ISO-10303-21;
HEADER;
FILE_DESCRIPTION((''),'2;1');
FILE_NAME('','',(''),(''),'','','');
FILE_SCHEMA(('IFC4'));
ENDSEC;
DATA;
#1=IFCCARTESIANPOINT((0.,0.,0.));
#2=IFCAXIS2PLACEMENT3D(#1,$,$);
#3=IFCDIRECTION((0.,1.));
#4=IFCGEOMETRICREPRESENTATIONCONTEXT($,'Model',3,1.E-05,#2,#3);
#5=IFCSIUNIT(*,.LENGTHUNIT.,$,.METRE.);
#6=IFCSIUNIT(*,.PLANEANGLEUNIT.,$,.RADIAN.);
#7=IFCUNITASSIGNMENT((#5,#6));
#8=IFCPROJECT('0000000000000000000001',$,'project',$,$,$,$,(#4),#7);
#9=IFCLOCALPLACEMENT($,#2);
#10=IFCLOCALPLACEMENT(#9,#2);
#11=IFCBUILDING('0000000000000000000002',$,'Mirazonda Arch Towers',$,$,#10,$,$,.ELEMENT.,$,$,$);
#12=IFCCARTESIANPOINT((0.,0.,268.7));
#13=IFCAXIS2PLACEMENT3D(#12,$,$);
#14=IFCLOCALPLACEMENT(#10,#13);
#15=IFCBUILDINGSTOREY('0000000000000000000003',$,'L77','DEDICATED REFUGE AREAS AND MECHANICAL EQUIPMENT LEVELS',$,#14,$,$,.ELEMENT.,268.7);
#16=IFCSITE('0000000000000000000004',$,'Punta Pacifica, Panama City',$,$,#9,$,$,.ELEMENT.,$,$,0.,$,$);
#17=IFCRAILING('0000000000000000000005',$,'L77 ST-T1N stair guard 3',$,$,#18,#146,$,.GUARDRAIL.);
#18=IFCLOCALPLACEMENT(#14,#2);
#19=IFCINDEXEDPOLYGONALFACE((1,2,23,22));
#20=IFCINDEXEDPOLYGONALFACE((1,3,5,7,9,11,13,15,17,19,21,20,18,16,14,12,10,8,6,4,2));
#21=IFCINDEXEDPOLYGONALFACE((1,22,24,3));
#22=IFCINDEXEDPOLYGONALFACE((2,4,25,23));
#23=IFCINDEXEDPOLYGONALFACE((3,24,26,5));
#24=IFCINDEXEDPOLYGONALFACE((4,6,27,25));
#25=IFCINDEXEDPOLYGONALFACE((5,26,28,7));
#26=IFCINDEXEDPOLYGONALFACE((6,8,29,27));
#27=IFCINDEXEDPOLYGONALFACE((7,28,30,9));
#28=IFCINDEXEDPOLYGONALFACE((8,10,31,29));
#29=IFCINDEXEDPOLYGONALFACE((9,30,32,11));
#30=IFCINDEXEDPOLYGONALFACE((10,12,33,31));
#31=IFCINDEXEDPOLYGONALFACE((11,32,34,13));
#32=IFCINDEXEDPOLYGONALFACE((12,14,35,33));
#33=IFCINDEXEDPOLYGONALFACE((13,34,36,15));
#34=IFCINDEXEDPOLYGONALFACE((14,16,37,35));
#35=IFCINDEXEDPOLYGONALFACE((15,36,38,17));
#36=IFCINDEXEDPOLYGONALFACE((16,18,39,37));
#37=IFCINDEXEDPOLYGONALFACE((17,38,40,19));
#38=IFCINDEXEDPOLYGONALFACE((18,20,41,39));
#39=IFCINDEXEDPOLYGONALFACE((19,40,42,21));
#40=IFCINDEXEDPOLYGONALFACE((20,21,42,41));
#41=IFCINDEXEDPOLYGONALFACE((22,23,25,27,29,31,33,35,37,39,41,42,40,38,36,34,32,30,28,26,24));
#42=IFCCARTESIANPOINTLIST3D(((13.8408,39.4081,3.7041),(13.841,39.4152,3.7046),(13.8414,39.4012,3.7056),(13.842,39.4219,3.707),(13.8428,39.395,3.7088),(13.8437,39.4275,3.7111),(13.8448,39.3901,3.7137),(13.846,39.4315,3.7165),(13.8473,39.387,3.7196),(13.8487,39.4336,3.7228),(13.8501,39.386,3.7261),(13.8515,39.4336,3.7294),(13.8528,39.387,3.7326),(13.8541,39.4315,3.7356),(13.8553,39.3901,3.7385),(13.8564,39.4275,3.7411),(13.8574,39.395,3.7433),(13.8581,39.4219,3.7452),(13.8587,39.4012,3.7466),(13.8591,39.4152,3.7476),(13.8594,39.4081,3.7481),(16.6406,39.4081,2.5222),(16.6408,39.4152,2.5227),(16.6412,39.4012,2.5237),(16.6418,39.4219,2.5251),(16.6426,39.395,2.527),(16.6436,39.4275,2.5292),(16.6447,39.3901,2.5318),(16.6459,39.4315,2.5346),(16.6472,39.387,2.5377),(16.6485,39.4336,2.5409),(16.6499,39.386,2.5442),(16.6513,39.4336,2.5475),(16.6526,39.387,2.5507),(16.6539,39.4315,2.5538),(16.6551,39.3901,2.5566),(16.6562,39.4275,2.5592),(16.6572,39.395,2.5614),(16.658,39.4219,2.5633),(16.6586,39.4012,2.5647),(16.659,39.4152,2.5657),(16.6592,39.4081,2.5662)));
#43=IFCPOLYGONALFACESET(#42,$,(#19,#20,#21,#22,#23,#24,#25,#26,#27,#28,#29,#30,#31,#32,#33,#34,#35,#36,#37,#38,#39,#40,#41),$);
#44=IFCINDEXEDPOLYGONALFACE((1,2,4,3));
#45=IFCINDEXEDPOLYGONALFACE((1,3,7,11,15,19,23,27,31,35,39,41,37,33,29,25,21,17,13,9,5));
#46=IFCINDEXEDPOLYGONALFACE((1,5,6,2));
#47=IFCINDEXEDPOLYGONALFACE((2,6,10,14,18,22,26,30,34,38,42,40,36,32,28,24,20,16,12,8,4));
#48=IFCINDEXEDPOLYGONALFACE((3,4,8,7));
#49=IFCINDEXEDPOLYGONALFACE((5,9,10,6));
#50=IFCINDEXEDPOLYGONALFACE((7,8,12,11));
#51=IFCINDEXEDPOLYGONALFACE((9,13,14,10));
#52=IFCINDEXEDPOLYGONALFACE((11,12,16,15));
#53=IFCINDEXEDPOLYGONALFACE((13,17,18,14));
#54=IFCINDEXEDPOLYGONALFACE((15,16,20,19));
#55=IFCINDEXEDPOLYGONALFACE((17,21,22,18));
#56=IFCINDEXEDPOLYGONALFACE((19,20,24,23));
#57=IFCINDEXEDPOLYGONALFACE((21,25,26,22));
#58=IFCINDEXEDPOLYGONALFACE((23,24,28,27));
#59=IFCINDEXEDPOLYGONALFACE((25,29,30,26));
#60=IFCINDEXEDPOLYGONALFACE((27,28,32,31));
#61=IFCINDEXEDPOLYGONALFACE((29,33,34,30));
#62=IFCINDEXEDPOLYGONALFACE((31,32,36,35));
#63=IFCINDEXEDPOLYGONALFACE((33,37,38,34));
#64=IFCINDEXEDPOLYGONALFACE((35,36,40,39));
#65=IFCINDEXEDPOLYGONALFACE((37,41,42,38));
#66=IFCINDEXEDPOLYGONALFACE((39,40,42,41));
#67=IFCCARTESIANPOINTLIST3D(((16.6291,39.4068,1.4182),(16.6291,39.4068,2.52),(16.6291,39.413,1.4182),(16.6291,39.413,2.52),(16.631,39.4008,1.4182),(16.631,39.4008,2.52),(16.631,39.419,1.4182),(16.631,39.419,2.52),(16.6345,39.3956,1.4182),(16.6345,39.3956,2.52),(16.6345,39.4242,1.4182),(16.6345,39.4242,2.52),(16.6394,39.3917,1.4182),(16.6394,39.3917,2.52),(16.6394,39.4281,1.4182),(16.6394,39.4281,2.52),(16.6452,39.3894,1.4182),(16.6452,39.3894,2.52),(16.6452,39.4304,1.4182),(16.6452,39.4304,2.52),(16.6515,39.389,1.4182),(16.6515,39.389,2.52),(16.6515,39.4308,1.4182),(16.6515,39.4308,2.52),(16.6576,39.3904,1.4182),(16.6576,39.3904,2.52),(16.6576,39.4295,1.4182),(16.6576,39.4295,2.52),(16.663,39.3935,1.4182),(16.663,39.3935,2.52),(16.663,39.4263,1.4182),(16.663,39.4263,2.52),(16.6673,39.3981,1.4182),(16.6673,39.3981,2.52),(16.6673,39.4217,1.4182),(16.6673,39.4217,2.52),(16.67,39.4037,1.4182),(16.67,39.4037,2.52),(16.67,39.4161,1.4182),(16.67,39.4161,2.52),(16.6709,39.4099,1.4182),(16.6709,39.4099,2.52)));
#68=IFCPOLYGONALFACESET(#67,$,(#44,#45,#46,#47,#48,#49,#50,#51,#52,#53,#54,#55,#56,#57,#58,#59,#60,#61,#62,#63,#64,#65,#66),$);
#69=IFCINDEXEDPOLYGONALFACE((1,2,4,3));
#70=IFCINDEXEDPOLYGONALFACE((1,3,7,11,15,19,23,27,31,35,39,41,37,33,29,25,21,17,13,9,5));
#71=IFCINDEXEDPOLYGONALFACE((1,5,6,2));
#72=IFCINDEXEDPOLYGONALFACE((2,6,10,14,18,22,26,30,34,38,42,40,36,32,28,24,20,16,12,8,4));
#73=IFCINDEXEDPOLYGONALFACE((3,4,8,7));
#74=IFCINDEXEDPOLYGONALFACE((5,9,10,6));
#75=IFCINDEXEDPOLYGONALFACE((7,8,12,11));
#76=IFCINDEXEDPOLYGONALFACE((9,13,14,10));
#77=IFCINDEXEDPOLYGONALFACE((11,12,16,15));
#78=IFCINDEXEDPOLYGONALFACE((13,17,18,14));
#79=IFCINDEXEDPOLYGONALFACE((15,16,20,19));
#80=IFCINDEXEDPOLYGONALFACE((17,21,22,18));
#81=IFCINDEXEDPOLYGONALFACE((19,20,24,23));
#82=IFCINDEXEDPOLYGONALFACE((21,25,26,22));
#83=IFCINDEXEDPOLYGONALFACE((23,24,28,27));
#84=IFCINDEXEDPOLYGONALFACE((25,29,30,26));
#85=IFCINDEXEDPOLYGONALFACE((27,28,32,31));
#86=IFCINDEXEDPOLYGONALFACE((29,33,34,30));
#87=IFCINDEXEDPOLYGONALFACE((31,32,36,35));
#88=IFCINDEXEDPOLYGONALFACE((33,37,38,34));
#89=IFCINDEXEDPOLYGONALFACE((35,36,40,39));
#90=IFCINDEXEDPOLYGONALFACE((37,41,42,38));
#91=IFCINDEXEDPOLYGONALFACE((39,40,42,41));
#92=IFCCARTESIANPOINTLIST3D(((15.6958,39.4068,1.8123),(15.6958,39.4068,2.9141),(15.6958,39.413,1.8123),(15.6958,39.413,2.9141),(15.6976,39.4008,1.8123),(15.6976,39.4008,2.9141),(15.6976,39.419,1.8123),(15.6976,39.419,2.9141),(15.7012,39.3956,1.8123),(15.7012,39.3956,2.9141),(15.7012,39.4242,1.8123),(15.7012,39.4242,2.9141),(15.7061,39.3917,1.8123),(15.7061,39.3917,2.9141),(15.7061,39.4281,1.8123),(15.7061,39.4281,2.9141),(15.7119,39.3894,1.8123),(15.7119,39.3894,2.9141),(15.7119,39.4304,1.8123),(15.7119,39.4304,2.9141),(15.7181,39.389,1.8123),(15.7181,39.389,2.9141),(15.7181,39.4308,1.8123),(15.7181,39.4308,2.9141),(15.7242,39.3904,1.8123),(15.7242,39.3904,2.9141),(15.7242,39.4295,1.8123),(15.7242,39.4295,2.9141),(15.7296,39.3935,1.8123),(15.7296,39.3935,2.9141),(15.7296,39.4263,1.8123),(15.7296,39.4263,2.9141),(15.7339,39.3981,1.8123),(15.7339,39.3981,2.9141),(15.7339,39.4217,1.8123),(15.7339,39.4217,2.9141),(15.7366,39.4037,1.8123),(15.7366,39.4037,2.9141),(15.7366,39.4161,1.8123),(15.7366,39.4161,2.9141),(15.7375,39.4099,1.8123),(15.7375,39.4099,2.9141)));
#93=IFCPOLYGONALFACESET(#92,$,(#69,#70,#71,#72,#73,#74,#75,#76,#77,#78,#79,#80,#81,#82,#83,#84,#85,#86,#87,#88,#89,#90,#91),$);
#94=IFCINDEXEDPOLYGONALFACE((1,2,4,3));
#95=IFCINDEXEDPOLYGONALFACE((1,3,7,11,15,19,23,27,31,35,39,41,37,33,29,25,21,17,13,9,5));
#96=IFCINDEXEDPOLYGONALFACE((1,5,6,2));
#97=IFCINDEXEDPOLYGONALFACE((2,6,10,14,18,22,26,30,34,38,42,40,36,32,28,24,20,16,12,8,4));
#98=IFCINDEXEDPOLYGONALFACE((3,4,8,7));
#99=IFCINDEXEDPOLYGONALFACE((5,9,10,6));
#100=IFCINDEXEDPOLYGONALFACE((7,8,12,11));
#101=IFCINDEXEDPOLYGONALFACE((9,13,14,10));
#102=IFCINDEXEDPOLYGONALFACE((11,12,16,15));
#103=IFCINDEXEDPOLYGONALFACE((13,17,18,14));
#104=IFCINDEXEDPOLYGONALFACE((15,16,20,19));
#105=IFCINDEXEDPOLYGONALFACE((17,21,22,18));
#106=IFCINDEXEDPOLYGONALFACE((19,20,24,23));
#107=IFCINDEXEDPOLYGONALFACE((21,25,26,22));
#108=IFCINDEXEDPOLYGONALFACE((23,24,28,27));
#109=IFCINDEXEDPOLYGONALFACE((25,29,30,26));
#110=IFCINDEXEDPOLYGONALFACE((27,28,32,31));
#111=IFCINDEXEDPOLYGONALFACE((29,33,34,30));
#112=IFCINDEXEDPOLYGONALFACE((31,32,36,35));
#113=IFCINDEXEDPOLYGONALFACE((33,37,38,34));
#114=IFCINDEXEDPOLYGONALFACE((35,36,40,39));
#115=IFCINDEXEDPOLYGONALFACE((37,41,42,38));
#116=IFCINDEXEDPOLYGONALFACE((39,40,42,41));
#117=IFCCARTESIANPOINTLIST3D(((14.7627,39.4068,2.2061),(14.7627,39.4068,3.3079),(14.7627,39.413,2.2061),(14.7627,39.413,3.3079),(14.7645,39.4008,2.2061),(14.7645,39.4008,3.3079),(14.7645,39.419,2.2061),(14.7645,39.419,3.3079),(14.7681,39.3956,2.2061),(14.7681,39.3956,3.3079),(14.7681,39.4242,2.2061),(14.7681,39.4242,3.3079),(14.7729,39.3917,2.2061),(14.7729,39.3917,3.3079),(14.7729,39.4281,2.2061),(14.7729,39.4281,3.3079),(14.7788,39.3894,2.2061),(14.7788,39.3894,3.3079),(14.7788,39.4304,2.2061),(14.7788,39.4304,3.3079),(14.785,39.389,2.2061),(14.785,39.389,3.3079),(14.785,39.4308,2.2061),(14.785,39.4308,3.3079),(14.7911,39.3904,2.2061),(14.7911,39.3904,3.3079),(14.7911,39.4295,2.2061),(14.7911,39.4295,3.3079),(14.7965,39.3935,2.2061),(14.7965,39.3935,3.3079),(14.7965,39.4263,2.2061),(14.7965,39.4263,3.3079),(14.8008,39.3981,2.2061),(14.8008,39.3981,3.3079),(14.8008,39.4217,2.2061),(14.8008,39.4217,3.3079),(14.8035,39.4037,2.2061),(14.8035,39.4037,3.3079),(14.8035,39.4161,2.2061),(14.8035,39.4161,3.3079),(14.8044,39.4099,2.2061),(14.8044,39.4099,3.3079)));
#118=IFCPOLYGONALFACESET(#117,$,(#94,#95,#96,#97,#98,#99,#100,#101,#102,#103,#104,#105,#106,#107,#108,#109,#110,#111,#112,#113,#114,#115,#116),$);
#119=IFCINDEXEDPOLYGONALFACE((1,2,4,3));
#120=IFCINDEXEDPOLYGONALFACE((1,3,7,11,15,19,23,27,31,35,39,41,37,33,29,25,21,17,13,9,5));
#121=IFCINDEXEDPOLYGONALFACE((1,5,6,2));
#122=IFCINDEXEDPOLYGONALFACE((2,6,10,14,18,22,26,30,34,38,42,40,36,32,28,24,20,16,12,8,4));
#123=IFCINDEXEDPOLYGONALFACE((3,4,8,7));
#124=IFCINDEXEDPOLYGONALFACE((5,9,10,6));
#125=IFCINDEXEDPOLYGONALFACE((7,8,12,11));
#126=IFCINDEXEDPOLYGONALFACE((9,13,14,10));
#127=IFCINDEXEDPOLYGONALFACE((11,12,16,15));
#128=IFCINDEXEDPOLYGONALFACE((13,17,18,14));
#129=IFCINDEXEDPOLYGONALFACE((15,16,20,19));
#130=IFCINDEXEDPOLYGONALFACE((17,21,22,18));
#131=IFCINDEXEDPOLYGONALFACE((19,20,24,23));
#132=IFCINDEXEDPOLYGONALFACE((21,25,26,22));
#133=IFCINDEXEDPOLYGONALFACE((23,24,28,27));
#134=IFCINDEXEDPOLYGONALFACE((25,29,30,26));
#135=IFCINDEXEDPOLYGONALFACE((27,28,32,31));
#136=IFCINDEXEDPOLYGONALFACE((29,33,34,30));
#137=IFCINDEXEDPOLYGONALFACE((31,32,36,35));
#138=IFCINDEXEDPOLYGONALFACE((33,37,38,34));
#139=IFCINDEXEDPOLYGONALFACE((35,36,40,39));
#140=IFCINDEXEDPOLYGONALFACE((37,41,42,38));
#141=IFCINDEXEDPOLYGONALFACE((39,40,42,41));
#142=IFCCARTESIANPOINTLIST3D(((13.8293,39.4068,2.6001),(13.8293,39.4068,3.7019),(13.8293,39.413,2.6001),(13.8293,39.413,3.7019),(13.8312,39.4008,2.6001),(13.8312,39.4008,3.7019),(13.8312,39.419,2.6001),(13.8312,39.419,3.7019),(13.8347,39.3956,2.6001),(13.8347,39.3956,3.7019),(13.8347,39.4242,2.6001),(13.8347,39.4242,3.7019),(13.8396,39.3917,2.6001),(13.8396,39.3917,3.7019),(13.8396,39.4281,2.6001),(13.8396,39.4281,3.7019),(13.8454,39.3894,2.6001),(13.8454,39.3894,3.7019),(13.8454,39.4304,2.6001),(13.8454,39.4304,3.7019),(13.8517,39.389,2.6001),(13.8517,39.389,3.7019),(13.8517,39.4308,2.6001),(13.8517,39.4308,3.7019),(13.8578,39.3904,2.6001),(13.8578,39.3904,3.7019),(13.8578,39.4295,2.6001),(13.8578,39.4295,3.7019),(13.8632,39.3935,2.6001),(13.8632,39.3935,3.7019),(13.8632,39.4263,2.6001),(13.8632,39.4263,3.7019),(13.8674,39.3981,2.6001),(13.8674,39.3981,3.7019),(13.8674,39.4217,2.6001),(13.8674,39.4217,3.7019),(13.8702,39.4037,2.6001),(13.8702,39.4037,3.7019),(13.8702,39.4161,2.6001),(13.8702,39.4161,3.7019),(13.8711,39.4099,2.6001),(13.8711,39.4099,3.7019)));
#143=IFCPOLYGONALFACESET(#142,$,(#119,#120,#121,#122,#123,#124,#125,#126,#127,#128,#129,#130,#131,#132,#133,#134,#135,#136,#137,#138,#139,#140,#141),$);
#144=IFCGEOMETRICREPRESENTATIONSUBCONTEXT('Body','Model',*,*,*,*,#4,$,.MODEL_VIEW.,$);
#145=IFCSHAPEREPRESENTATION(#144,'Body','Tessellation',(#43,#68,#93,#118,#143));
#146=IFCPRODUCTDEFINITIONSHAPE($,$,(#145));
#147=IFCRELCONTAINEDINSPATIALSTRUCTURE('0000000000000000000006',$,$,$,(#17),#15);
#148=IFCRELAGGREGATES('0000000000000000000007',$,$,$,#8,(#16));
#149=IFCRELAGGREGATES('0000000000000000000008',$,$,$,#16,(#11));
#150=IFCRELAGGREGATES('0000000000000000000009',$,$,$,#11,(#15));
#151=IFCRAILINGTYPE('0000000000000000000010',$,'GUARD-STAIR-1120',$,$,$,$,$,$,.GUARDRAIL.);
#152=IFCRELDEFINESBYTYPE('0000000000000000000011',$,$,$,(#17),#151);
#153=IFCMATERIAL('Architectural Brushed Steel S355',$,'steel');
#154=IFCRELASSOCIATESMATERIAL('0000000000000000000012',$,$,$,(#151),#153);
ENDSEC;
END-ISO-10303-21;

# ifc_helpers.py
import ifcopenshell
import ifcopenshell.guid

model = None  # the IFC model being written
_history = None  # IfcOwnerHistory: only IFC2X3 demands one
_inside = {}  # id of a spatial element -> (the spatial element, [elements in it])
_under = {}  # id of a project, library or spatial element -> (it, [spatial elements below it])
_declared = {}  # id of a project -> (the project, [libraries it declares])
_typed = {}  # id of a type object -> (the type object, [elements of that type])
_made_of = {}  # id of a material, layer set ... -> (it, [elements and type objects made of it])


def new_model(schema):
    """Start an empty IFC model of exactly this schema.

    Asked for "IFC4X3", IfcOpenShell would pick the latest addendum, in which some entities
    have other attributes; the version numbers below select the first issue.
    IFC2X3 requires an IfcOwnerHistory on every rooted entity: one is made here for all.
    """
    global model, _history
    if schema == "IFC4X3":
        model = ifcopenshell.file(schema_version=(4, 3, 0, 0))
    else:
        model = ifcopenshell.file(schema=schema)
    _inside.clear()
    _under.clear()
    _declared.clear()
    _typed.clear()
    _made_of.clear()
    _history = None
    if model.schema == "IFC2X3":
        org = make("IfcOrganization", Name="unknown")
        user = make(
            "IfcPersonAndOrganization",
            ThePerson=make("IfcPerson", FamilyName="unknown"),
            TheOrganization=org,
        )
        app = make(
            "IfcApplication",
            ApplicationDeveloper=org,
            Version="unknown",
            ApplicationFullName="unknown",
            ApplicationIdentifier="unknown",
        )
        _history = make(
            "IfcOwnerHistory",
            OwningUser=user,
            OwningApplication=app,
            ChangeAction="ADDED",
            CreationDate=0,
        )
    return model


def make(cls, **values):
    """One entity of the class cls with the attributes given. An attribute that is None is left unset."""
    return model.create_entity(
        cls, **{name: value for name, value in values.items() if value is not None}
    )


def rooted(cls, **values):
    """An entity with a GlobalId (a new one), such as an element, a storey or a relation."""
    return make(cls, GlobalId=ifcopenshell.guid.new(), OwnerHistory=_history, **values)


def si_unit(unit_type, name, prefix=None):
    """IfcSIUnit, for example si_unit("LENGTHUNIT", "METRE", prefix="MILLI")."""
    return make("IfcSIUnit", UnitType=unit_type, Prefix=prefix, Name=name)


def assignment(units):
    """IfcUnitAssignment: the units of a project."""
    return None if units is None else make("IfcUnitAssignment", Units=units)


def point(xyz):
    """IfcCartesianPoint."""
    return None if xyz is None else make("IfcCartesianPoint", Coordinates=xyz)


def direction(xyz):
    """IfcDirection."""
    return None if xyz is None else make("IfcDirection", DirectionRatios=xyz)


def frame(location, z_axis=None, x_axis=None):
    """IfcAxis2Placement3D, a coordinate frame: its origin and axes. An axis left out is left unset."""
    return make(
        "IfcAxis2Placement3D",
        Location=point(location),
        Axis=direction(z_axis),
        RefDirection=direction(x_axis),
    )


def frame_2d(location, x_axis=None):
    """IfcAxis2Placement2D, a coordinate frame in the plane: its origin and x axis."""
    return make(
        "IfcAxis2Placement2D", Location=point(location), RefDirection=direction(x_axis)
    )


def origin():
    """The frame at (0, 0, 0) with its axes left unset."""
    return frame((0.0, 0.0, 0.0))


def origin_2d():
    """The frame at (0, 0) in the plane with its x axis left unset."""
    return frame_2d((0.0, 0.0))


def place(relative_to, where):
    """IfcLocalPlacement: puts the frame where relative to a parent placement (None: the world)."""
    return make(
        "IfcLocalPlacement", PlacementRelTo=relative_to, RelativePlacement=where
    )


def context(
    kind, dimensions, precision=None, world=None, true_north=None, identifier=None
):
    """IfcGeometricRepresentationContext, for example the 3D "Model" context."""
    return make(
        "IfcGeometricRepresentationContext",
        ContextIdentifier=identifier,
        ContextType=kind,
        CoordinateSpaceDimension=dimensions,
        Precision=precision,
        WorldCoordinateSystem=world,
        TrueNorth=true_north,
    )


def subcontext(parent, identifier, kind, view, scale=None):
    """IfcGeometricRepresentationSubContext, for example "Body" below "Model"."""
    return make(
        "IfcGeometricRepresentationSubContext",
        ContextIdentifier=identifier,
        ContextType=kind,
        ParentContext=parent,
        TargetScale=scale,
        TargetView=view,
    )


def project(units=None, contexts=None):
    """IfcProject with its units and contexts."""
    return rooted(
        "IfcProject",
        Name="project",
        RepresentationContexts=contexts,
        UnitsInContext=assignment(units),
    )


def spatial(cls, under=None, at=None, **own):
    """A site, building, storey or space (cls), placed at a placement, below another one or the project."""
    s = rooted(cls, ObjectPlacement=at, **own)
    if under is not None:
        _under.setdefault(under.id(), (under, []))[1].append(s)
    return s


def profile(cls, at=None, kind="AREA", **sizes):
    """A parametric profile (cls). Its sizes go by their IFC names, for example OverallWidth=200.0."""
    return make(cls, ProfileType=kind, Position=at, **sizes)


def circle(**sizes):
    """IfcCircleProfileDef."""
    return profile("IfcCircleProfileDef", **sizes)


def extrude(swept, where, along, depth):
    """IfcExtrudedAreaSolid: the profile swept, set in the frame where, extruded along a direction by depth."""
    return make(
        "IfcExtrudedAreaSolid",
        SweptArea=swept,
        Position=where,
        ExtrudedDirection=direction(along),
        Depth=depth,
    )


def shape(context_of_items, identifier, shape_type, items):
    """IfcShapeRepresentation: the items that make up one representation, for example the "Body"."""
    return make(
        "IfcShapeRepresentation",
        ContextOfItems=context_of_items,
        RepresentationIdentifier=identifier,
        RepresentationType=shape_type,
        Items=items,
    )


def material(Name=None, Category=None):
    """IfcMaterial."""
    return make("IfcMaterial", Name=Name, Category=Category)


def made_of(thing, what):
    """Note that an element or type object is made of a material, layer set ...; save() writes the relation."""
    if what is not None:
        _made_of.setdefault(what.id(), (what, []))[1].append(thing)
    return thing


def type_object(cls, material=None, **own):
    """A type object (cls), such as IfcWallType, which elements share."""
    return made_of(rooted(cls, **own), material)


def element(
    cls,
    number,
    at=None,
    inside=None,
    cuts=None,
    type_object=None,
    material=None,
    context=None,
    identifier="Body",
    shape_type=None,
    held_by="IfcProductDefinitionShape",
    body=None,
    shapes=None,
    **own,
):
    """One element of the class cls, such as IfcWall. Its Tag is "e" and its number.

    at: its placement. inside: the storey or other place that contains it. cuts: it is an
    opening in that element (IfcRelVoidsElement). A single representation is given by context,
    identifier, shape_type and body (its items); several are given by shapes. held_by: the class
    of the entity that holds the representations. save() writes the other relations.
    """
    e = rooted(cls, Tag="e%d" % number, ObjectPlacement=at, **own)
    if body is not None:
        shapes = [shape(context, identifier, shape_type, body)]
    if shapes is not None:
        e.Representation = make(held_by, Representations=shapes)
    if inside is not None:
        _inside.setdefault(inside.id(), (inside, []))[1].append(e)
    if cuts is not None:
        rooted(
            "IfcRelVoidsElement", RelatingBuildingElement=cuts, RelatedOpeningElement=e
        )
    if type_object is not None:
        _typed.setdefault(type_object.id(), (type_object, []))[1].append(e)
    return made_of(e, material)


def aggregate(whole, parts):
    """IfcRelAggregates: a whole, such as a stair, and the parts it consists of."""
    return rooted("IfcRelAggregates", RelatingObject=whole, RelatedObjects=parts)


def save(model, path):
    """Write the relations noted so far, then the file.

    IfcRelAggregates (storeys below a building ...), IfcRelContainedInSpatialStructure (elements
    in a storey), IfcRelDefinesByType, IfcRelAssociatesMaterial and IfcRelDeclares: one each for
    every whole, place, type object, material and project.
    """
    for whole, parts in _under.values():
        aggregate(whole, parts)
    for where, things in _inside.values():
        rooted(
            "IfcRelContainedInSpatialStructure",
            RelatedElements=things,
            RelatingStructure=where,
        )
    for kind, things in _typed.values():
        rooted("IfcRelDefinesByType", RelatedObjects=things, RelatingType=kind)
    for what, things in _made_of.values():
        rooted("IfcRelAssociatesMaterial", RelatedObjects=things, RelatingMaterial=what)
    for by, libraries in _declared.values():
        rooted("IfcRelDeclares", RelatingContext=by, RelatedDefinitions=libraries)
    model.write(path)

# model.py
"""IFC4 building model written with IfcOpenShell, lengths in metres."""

from ifc_helpers import new_model, si_unit, direction, frame, origin, origin_2d, place, context, subcontext, project, spatial, circle, extrude, material, type_object, element, save


model = new_model("IFC4")

# Units and contexts
model_context = context("Model", 3, precision=1e-05, world=origin(), true_north=direction((0.0, 1.0)))
body_context = subcontext(model_context, "Body", "Model", "MODEL_VIEW")
ifc_project = project(units=[si_unit("LENGTHUNIT", "METRE"), si_unit("PLANEANGLEUNIT", "RADIAN")], contexts=[model_context])

# Site, building, storey
site_placement = place(None, origin())
site = spatial("IfcSite", under=ifc_project, at=site_placement, Name="Punta Pacifica, Panama City", CompositionType="ELEMENT", RefElevation=0.0)
building_placement = place(site_placement, origin())
building = spatial("IfcBuilding", under=site, at=building_placement, Name="Mirazonda Arch Towers", CompositionType="ELEMENT")
storey_placement = place(building_placement, frame((0.0, 0.0, 268.7)))
storey = spatial("IfcBuildingStorey", under=building, at=storey_placement, Name="L77", Description="DEDICATED REFUGE AREAS AND MECHANICAL EQUIPMENT LEVELS", CompositionType="ELEMENT", Elevation=268.7)

# Shared definitions
ifc_material_1 = material(Name="Architectural Brushed Steel S355", Category="steel")

# Railing
railing_type_1 = type_object("IfcRailingType", Name="GUARD-STAIR-1120", PredefinedType="GUARDRAIL", material=ifc_material_1)
railing_1_placement = place(storey_placement, frame((16.6499, 39.4099, 1.4182)))
element("IfcRailing", 1, at=railing_1_placement, inside=storey, type_object=railing_type_1, Name="L77 ST-T1N stair guard 3", PredefinedType="GUARDRAIL", context=body_context, shape_type="SweptSolid", body=[
    extrude(circle(Radius=0.0239, at=origin_2d()), frame((0.0, 0.0, 1.126), z_axis=(-0.92128, 0.0, 0.388901), x_axis=(0.0, -1.0, 0.0)), (0.0, 0.0, 1.0), 3.0391),
    extrude(circle(Radius=0.021, at=origin_2d()), origin(), (0.0, 0.0, 1.0), 1.1018),
    extrude(circle(Radius=0.021, at=origin_2d()), frame((-0.9333, 0.0, 0.394)), (0.0, 0.0, 1.0), 1.1018),
    extrude(circle(Radius=0.021, at=origin_2d()), frame((-1.8665, 0.0, 0.7878)), (0.0, 0.0, 1.0), 1.1018),
    extrude(circle(Radius=0.021, at=origin_2d()), frame((-2.7998, 0.0, 1.1819)), (0.0, 0.0, 1.0), 1.1018),
])

save(model, "model.ifc")
